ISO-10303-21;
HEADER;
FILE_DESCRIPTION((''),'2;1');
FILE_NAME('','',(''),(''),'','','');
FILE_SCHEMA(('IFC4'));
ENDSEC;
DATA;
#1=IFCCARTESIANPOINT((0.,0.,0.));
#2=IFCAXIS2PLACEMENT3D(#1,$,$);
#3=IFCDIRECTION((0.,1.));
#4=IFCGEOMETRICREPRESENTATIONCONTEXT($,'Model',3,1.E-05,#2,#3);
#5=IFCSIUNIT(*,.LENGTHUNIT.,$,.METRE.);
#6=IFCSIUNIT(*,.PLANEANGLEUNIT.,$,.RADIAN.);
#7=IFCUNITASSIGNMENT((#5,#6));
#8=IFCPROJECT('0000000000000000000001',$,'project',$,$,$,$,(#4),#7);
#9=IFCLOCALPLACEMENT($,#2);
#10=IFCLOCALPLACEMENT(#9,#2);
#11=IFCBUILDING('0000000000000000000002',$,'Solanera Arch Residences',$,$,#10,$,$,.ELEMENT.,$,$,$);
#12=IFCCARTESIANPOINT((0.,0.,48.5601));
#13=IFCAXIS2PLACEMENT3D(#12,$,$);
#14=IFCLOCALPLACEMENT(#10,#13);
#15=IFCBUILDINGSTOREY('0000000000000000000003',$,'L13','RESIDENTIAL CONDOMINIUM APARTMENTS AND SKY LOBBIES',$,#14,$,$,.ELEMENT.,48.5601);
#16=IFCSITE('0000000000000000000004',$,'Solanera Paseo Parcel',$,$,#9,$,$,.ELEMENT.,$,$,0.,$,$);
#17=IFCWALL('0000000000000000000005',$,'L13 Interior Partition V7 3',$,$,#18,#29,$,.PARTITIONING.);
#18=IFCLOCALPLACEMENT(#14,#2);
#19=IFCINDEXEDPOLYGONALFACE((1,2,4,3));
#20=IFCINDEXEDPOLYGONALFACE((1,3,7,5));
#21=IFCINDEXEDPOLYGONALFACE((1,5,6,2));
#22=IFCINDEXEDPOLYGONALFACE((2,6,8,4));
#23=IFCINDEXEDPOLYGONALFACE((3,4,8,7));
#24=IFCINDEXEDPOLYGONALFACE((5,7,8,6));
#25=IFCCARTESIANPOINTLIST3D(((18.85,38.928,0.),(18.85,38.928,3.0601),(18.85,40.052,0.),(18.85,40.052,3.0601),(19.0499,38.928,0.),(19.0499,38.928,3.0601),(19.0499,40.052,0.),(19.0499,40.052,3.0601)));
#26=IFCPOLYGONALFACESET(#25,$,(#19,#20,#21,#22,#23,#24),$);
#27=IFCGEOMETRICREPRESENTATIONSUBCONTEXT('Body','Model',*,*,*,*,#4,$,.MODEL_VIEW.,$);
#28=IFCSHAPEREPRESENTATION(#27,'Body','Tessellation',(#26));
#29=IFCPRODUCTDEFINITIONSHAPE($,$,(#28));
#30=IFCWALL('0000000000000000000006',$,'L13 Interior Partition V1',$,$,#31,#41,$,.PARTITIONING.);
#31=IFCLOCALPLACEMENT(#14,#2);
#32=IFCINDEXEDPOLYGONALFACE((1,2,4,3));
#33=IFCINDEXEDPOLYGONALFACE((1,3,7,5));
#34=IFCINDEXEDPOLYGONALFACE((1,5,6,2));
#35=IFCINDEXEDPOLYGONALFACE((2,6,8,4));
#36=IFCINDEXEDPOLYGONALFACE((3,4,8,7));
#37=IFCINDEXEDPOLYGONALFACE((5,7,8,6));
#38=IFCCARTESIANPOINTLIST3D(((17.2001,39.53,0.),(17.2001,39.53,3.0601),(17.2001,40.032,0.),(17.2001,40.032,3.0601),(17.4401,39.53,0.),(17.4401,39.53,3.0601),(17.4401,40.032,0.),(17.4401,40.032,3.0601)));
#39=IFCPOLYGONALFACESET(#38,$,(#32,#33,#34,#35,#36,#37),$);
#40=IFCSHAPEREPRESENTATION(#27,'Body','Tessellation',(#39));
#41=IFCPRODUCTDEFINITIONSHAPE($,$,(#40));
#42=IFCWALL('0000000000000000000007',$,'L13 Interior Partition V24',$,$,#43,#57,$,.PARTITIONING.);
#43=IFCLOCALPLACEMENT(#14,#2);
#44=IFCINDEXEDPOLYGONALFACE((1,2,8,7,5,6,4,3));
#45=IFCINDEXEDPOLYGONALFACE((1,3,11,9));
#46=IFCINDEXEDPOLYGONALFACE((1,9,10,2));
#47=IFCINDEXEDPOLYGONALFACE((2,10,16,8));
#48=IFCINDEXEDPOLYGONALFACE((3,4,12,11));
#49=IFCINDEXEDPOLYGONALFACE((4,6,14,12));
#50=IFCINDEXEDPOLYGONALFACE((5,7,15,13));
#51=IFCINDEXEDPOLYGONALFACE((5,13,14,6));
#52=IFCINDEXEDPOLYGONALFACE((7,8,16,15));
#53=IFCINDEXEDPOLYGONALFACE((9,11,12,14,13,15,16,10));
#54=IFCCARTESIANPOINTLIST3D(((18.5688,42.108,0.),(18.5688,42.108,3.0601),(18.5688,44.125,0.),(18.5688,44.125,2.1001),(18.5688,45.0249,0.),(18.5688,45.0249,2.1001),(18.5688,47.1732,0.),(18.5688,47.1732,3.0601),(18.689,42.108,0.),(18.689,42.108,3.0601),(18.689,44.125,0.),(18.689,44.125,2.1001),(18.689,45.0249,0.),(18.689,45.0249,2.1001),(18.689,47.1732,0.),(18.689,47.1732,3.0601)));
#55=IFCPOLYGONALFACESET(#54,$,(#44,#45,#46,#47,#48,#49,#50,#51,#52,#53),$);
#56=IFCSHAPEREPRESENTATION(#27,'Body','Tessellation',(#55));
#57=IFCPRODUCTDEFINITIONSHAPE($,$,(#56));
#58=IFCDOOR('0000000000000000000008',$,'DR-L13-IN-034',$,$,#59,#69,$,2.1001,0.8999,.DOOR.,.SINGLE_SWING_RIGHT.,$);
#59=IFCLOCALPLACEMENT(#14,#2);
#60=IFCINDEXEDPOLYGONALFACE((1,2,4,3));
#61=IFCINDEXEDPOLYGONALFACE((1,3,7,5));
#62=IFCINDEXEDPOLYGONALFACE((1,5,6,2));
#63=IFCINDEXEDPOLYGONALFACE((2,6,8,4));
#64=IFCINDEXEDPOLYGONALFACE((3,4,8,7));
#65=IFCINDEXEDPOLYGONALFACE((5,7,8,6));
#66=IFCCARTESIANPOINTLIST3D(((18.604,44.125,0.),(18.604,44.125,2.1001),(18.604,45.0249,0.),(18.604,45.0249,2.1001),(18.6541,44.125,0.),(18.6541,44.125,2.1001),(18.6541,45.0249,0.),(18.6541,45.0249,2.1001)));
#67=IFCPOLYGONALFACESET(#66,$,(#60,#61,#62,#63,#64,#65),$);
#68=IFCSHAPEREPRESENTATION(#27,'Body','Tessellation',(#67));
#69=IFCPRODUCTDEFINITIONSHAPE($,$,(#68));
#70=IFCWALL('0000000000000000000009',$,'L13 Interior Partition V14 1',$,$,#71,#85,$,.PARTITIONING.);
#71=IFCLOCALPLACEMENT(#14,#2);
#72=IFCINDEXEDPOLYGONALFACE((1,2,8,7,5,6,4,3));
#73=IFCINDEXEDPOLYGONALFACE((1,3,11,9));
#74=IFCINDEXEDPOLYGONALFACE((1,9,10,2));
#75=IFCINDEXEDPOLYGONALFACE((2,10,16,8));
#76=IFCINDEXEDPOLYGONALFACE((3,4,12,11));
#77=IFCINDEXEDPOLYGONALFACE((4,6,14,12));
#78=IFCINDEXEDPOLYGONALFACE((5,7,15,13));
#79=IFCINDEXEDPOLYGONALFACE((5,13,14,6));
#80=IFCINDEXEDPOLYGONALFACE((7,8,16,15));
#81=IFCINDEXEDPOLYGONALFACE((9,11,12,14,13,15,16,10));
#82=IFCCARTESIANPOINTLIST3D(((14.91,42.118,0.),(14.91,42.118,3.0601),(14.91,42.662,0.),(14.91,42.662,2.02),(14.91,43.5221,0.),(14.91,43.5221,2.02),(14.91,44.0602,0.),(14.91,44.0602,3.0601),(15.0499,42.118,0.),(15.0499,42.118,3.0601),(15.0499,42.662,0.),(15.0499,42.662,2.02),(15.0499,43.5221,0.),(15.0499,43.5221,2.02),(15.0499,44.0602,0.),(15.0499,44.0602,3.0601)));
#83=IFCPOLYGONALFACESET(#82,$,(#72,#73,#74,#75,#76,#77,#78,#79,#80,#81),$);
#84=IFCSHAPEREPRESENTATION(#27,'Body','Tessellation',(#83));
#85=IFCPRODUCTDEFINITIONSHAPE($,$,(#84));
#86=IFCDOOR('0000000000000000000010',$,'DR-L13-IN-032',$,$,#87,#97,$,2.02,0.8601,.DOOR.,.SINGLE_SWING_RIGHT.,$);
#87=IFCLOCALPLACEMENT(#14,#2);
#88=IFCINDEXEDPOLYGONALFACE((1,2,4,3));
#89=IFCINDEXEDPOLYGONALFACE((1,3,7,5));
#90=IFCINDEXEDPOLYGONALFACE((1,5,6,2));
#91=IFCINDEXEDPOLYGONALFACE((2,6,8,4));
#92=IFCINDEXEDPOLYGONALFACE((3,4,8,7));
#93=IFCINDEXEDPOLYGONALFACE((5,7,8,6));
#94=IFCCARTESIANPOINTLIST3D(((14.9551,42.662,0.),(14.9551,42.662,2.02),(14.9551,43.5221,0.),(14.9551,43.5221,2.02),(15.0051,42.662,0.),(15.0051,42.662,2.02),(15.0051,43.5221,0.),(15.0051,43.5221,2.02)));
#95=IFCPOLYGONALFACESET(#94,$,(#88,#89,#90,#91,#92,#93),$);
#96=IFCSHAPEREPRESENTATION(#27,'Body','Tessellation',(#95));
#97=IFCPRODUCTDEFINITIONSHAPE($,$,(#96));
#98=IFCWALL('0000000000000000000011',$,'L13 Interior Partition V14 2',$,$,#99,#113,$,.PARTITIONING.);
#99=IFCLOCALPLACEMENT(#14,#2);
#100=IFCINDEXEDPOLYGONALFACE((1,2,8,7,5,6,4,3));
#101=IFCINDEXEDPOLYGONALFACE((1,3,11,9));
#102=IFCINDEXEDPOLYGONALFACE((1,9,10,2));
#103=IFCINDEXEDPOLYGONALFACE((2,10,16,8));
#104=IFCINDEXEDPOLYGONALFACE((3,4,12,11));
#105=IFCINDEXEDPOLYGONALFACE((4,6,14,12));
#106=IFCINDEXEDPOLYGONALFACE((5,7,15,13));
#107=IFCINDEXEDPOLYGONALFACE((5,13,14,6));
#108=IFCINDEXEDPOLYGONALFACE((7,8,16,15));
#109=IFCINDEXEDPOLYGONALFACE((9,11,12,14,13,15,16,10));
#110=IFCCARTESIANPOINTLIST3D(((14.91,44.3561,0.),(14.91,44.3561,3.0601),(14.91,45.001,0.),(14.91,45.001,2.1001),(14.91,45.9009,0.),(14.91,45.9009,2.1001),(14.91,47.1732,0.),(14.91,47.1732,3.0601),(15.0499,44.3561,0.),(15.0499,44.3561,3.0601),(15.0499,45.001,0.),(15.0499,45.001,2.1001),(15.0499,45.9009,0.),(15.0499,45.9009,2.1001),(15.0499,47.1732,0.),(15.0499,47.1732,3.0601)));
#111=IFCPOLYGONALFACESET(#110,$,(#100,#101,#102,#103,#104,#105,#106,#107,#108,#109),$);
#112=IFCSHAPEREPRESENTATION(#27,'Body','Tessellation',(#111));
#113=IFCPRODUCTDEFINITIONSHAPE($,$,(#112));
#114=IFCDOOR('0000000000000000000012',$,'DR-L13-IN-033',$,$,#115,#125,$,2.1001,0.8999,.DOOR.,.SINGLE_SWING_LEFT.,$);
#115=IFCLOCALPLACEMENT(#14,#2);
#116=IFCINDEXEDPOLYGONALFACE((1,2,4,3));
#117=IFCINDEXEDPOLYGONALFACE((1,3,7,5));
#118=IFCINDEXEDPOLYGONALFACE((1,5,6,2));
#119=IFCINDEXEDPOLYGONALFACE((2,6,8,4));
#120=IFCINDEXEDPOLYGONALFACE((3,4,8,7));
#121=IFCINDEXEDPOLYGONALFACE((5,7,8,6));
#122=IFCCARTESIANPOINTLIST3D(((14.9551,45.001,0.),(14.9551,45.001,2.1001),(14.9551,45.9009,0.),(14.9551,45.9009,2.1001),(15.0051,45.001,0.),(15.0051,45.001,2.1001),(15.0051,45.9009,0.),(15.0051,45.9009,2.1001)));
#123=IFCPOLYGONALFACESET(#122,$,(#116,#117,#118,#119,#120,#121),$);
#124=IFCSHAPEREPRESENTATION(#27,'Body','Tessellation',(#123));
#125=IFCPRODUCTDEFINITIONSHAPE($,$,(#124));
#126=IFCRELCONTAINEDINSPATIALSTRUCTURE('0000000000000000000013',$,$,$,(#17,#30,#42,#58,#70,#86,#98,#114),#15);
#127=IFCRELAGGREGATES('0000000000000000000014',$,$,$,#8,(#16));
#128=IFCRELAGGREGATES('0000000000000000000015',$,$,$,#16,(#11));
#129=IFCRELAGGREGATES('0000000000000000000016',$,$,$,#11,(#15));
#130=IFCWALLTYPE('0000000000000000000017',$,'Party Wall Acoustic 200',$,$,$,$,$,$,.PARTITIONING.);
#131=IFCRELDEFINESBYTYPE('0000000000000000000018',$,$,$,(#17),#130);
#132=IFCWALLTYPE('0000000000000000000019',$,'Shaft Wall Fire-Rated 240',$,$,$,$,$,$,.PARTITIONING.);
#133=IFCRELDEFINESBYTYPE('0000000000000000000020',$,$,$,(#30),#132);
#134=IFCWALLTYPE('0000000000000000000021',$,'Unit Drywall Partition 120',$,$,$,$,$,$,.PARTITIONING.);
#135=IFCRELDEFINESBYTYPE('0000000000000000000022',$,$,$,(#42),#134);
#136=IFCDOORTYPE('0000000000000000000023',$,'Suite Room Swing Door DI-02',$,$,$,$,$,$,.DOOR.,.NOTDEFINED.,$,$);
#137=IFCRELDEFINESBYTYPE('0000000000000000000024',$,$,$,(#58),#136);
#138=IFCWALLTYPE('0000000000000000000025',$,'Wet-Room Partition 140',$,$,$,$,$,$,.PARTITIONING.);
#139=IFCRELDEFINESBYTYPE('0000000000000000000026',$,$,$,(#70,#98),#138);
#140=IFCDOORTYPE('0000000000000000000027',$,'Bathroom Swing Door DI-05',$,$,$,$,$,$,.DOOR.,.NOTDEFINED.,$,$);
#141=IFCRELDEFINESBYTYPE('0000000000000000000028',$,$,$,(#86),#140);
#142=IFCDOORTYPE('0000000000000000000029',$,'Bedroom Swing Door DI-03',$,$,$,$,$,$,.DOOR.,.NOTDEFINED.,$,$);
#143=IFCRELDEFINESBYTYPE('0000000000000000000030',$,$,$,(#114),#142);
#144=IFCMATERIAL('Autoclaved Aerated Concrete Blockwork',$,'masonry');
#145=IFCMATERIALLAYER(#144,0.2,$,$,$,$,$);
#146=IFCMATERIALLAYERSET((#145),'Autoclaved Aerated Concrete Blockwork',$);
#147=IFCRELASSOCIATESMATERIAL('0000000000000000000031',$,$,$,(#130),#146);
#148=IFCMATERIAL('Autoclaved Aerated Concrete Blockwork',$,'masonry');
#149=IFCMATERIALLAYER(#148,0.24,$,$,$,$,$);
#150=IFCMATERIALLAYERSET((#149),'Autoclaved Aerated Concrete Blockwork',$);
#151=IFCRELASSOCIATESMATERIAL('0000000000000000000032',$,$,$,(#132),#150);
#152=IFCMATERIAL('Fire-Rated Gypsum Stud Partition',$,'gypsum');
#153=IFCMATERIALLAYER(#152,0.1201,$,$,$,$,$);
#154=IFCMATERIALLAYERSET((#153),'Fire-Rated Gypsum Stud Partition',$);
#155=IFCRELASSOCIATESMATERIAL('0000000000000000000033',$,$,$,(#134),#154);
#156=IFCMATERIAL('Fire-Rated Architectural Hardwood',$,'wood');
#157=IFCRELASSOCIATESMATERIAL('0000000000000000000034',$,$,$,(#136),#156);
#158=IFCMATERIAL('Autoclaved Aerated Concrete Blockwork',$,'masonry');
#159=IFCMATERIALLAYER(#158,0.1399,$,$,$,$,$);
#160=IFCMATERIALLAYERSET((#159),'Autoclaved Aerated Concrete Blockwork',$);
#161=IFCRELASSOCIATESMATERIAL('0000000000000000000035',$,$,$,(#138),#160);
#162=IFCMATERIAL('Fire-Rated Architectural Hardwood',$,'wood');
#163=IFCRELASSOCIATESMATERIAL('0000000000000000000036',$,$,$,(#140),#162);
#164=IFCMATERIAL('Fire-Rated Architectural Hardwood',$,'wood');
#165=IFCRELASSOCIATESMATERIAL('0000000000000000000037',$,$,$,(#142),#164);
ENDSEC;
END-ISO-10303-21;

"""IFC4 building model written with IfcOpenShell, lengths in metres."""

from ifc_helpers import new_model, si_unit, direction, frame, frame_2d, origin, place, context, subcontext, project, spatial, rectangle, extrude, material, layer, layer_set, type_object, element, fill, save


model = new_model("IFC4")

# Units and contexts
model_context = context("Model", 3, precision=1e-05, world=origin(), true_north=direction((0.0, 1.0)))
body_context = subcontext(model_context, "Body", "Model", "MODEL_VIEW")
ifc_project = project(units=[si_unit("LENGTHUNIT", "METRE"), si_unit("PLANEANGLEUNIT", "RADIAN")], contexts=[model_context])

# Site, building, storey
site_placement = place(None, origin())
site = spatial("IfcSite", under=ifc_project, at=site_placement, Name="Solanera Paseo Parcel", CompositionType="ELEMENT", RefElevation=0.0)
building_placement = place(site_placement, origin())
building = spatial("IfcBuilding", under=site, at=building_placement, Name="Solanera Arch Residences", CompositionType="ELEMENT")
storey_placement = place(building_placement, frame((0.0, 0.0, 48.5601)))
storey = spatial("IfcBuildingStorey", under=building, at=storey_placement, Name="L13", Description="RESIDENTIAL CONDOMINIUM APARTMENTS AND SKY LOBBIES", CompositionType="ELEMENT", Elevation=48.5601)

# Walls
ifc_material_1 = material(Name="Autoclaved Aerated Concrete Blockwork", Category="masonry")
ifc_layer_1 = layer(ifc_material_1, 0.2)
ifc_layer_set_1 = layer_set([ifc_layer_1], Name="Autoclaved Aerated Concrete Blockwork")
wall_type_1 = type_object("IfcWallType", Name="Party Wall Acoustic 200", PredefinedType="PARTITIONING", material=ifc_layer_set_1)
wall_1_placement = place(storey_placement, frame((18.95, 38.928, 0.0), z_axis=(0.0, 0.0, 1.0), x_axis=(0.0, 1.0, 0.0)))
element("IfcWall", 1, at=wall_1_placement, inside=storey, type_object=wall_type_1, Name="L13 Interior Partition V7 3", PredefinedType="PARTITIONING", context=body_context, shape_type="SweptSolid", body=[
    extrude(rectangle(XDim=1.124, YDim=0.2, at=frame_2d((0.562, 0.0))), origin(), (0.0, 0.0, 1.0), 3.0601),
])
ifc_material_2 = material(Name="Autoclaved Aerated Concrete Blockwork", Category="masonry")
ifc_layer_2 = layer(ifc_material_2, 0.24)
ifc_layer_set_2 = layer_set([ifc_layer_2], Name="Autoclaved Aerated Concrete Blockwork")
wall_type_2 = type_object("IfcWallType", Name="Shaft Wall Fire-Rated 240", PredefinedType="PARTITIONING", material=ifc_layer_set_2)
wall_2_placement = place(storey_placement, frame((17.3201, 39.53, 0.0), z_axis=(0.0, 0.0, 1.0), x_axis=(0.0, 1.0, 0.0)))
element("IfcWall", 2, at=wall_2_placement, inside=storey, type_object=wall_type_2, Name="L13 Interior Partition V1", PredefinedType="PARTITIONING", context=body_context, shape_type="SweptSolid", body=[
    extrude(rectangle(XDim=0.502, YDim=0.24, at=frame_2d((0.251, 0.0))), origin(), (0.0, 0.0, 1.0), 3.0601),
])

# Walls, openings, doors
ifc_material_3 = material(Name="Fire-Rated Gypsum Stud Partition", Category="gypsum")
ifc_layer_3 = layer(ifc_material_3, 0.1201)
ifc_layer_set_3 = layer_set([ifc_layer_3], Name="Fire-Rated Gypsum Stud Partition")
wall_type_3 = type_object("IfcWallType", Name="Unit Drywall Partition 120", PredefinedType="PARTITIONING", material=ifc_layer_set_3)
wall_3_placement = place(storey_placement, frame((18.6289, 42.1079, 0.0), z_axis=(0.0, 0.0, 1.0), x_axis=(0.0, 1.0, 0.0)))
wall_3 = element("IfcWall", 3, at=wall_3_placement, inside=storey, type_object=wall_type_3, Name="L13 Interior Partition V24", PredefinedType="PARTITIONING", context=body_context, shape_type="SweptSolid", body=[
    extrude(rectangle(XDim=5.0652, YDim=0.1201, at=frame_2d((2.5327, 0.0))), origin(), (0.0, 0.0, 1.0), 3.0601),
])
opening_1_placement = place(wall_3_placement, frame((2.0171, 0.0, 0.0)))
opening_1 = element("IfcOpeningElement", 4, at=opening_1_placement, cuts=wall_3, PredefinedType="OPENING", context=body_context, shape_type="SweptSolid", body=[
    extrude(rectangle(XDim=0.8999, YDim=2.1001, at=frame_2d((0.45, 1.05))), frame((0.0, 0.0701, 0.0), z_axis=(0.0, -1.0, 0.0), x_axis=(1.0, 0.0, 0.0)), (0.0, 0.0, 1.0), 0.1401),
])
ifc_material_4 = material(Name="Fire-Rated Architectural Hardwood", Category="wood")
door_type_1 = type_object("IfcDoorType", Name="Suite Room Swing Door DI-02", OperationType="NOTDEFINED", PredefinedType="DOOR", material=ifc_material_4)
door_1_placement = place(opening_1_placement, origin())
door_1 = element("IfcDoor", 5, at=door_1_placement, inside=storey, type_object=door_type_1, Name="DR-L13-IN-034", OperationType="SINGLE_SWING_RIGHT", OverallHeight=2.1001, OverallWidth=0.8999, PredefinedType="DOOR", context=body_context, shape_type="SweptSolid", body=[
    extrude(rectangle(XDim=0.8999, YDim=2.1001, at=frame_2d((0.45, 1.05))), frame((0.0, 0.0249, 0.0), z_axis=(0.0, -1.0, 0.0), x_axis=(1.0, 0.0, 0.0)), (0.0, 0.0, 1.0), 0.05),
])
fill(opening_1, door_1)
ifc_material_5 = material(Name="Autoclaved Aerated Concrete Blockwork", Category="masonry")
ifc_layer_4 = layer(ifc_material_5, 0.1399)
ifc_layer_set_4 = layer_set([ifc_layer_4], Name="Autoclaved Aerated Concrete Blockwork")
wall_type_4 = type_object("IfcWallType", Name="Wet-Room Partition 140", PredefinedType="PARTITIONING", material=ifc_layer_set_4)
wall_4_placement = place(storey_placement, frame((14.98, 42.1179, 0.0), z_axis=(0.0, 0.0, 1.0), x_axis=(0.0, 1.0, 0.0)))
wall_4 = element("IfcWall", 6, at=wall_4_placement, inside=storey, type_object=wall_type_4, Name="L13 Interior Partition V14 1", PredefinedType="PARTITIONING", context=body_context, shape_type="SweptSolid", body=[
    extrude(rectangle(XDim=1.9421, YDim=0.1399, at=frame_2d((0.9712, 0.0))), origin(), (0.0, 0.0, 1.0), 3.0601),
])
opening_2_placement = place(wall_4_placement, frame((0.5439, 0.0, 0.0)))
opening_2 = element("IfcOpeningElement", 7, at=opening_2_placement, cuts=wall_4, PredefinedType="OPENING", context=body_context, shape_type="SweptSolid", body=[
    extrude(rectangle(XDim=0.8601, YDim=2.02, at=frame_2d((0.4302, 1.01))), frame((0.0, 0.0798, 0.0), z_axis=(0.0, -1.0, 0.0), x_axis=(1.0, 0.0, 0.0)), (0.0, 0.0, 1.0), 0.1599),
])
ifc_material_6 = material(Name="Fire-Rated Architectural Hardwood", Category="wood")
door_type_2 = type_object("IfcDoorType", Name="Bathroom Swing Door DI-05", OperationType="NOTDEFINED", PredefinedType="DOOR", material=ifc_material_6)
door_2_placement = place(opening_2_placement, origin())
door_2 = element("IfcDoor", 8, at=door_2_placement, inside=storey, type_object=door_type_2, Name="DR-L13-IN-032", OperationType="SINGLE_SWING_RIGHT", OverallHeight=2.02, OverallWidth=0.8601, PredefinedType="DOOR", context=body_context, shape_type="SweptSolid", body=[
    extrude(rectangle(XDim=0.8601, YDim=2.02, at=frame_2d((0.4302, 1.01))), frame((0.0, 0.0249, 0.0), z_axis=(0.0, -1.0, 0.0), x_axis=(1.0, 0.0, 0.0)), (0.0, 0.0, 1.0), 0.05),
])
fill(opening_2, door_2)
wall_5_placement = place(storey_placement, frame((14.98, 44.356, 0.0), z_axis=(0.0, 0.0, 1.0), x_axis=(0.0, 1.0, 0.0)))
wall_5 = element("IfcWall", 9, at=wall_5_placement, inside=storey, type_object=wall_type_4, Name="L13 Interior Partition V14 2", PredefinedType="PARTITIONING", context=body_context, shape_type="SweptSolid", body=[
    extrude(rectangle(XDim=2.8171, YDim=0.1399, at=frame_2d((1.4087, 0.0))), origin(), (0.0, 0.0, 1.0), 3.0601),
])
opening_3_placement = place(wall_5_placement, frame((0.645, 0.0, 0.0)))
opening_3 = element("IfcOpeningElement", 10, at=opening_3_placement, cuts=wall_5, PredefinedType="OPENING", context=body_context, shape_type="SweptSolid", body=[
    extrude(rectangle(XDim=0.8999, YDim=2.1001, at=frame_2d((0.45, 1.05))), frame((0.0, 0.0798, 0.0), z_axis=(0.0, -1.0, 0.0), x_axis=(1.0, 0.0, 0.0)), (0.0, 0.0, 1.0), 0.1599),
])
ifc_material_7 = material(Name="Fire-Rated Architectural Hardwood", Category="wood")
door_type_3 = type_object("IfcDoorType", Name="Bedroom Swing Door DI-03", OperationType="NOTDEFINED", PredefinedType="DOOR", material=ifc_material_7)
door_3_placement = place(opening_3_placement, origin())
door_3 = element("IfcDoor", 11, at=door_3_placement, inside=storey, type_object=door_type_3, Name="DR-L13-IN-033", OperationType="SINGLE_SWING_LEFT", OverallHeight=2.1001, OverallWidth=0.8999, PredefinedType="DOOR", context=body_context, shape_type="SweptSolid", body=[
    extrude(rectangle(XDim=0.8999, YDim=2.1001, at=frame_2d((0.45, 1.05))), frame((0.0, 0.0249, 0.0), z_axis=(0.0, -1.0, 0.0), x_axis=(1.0, 0.0, 0.0)), (0.0, 0.0, 1.0), 0.05),
])
fill(opening_3, door_3)

save(model, "model.ifc")
